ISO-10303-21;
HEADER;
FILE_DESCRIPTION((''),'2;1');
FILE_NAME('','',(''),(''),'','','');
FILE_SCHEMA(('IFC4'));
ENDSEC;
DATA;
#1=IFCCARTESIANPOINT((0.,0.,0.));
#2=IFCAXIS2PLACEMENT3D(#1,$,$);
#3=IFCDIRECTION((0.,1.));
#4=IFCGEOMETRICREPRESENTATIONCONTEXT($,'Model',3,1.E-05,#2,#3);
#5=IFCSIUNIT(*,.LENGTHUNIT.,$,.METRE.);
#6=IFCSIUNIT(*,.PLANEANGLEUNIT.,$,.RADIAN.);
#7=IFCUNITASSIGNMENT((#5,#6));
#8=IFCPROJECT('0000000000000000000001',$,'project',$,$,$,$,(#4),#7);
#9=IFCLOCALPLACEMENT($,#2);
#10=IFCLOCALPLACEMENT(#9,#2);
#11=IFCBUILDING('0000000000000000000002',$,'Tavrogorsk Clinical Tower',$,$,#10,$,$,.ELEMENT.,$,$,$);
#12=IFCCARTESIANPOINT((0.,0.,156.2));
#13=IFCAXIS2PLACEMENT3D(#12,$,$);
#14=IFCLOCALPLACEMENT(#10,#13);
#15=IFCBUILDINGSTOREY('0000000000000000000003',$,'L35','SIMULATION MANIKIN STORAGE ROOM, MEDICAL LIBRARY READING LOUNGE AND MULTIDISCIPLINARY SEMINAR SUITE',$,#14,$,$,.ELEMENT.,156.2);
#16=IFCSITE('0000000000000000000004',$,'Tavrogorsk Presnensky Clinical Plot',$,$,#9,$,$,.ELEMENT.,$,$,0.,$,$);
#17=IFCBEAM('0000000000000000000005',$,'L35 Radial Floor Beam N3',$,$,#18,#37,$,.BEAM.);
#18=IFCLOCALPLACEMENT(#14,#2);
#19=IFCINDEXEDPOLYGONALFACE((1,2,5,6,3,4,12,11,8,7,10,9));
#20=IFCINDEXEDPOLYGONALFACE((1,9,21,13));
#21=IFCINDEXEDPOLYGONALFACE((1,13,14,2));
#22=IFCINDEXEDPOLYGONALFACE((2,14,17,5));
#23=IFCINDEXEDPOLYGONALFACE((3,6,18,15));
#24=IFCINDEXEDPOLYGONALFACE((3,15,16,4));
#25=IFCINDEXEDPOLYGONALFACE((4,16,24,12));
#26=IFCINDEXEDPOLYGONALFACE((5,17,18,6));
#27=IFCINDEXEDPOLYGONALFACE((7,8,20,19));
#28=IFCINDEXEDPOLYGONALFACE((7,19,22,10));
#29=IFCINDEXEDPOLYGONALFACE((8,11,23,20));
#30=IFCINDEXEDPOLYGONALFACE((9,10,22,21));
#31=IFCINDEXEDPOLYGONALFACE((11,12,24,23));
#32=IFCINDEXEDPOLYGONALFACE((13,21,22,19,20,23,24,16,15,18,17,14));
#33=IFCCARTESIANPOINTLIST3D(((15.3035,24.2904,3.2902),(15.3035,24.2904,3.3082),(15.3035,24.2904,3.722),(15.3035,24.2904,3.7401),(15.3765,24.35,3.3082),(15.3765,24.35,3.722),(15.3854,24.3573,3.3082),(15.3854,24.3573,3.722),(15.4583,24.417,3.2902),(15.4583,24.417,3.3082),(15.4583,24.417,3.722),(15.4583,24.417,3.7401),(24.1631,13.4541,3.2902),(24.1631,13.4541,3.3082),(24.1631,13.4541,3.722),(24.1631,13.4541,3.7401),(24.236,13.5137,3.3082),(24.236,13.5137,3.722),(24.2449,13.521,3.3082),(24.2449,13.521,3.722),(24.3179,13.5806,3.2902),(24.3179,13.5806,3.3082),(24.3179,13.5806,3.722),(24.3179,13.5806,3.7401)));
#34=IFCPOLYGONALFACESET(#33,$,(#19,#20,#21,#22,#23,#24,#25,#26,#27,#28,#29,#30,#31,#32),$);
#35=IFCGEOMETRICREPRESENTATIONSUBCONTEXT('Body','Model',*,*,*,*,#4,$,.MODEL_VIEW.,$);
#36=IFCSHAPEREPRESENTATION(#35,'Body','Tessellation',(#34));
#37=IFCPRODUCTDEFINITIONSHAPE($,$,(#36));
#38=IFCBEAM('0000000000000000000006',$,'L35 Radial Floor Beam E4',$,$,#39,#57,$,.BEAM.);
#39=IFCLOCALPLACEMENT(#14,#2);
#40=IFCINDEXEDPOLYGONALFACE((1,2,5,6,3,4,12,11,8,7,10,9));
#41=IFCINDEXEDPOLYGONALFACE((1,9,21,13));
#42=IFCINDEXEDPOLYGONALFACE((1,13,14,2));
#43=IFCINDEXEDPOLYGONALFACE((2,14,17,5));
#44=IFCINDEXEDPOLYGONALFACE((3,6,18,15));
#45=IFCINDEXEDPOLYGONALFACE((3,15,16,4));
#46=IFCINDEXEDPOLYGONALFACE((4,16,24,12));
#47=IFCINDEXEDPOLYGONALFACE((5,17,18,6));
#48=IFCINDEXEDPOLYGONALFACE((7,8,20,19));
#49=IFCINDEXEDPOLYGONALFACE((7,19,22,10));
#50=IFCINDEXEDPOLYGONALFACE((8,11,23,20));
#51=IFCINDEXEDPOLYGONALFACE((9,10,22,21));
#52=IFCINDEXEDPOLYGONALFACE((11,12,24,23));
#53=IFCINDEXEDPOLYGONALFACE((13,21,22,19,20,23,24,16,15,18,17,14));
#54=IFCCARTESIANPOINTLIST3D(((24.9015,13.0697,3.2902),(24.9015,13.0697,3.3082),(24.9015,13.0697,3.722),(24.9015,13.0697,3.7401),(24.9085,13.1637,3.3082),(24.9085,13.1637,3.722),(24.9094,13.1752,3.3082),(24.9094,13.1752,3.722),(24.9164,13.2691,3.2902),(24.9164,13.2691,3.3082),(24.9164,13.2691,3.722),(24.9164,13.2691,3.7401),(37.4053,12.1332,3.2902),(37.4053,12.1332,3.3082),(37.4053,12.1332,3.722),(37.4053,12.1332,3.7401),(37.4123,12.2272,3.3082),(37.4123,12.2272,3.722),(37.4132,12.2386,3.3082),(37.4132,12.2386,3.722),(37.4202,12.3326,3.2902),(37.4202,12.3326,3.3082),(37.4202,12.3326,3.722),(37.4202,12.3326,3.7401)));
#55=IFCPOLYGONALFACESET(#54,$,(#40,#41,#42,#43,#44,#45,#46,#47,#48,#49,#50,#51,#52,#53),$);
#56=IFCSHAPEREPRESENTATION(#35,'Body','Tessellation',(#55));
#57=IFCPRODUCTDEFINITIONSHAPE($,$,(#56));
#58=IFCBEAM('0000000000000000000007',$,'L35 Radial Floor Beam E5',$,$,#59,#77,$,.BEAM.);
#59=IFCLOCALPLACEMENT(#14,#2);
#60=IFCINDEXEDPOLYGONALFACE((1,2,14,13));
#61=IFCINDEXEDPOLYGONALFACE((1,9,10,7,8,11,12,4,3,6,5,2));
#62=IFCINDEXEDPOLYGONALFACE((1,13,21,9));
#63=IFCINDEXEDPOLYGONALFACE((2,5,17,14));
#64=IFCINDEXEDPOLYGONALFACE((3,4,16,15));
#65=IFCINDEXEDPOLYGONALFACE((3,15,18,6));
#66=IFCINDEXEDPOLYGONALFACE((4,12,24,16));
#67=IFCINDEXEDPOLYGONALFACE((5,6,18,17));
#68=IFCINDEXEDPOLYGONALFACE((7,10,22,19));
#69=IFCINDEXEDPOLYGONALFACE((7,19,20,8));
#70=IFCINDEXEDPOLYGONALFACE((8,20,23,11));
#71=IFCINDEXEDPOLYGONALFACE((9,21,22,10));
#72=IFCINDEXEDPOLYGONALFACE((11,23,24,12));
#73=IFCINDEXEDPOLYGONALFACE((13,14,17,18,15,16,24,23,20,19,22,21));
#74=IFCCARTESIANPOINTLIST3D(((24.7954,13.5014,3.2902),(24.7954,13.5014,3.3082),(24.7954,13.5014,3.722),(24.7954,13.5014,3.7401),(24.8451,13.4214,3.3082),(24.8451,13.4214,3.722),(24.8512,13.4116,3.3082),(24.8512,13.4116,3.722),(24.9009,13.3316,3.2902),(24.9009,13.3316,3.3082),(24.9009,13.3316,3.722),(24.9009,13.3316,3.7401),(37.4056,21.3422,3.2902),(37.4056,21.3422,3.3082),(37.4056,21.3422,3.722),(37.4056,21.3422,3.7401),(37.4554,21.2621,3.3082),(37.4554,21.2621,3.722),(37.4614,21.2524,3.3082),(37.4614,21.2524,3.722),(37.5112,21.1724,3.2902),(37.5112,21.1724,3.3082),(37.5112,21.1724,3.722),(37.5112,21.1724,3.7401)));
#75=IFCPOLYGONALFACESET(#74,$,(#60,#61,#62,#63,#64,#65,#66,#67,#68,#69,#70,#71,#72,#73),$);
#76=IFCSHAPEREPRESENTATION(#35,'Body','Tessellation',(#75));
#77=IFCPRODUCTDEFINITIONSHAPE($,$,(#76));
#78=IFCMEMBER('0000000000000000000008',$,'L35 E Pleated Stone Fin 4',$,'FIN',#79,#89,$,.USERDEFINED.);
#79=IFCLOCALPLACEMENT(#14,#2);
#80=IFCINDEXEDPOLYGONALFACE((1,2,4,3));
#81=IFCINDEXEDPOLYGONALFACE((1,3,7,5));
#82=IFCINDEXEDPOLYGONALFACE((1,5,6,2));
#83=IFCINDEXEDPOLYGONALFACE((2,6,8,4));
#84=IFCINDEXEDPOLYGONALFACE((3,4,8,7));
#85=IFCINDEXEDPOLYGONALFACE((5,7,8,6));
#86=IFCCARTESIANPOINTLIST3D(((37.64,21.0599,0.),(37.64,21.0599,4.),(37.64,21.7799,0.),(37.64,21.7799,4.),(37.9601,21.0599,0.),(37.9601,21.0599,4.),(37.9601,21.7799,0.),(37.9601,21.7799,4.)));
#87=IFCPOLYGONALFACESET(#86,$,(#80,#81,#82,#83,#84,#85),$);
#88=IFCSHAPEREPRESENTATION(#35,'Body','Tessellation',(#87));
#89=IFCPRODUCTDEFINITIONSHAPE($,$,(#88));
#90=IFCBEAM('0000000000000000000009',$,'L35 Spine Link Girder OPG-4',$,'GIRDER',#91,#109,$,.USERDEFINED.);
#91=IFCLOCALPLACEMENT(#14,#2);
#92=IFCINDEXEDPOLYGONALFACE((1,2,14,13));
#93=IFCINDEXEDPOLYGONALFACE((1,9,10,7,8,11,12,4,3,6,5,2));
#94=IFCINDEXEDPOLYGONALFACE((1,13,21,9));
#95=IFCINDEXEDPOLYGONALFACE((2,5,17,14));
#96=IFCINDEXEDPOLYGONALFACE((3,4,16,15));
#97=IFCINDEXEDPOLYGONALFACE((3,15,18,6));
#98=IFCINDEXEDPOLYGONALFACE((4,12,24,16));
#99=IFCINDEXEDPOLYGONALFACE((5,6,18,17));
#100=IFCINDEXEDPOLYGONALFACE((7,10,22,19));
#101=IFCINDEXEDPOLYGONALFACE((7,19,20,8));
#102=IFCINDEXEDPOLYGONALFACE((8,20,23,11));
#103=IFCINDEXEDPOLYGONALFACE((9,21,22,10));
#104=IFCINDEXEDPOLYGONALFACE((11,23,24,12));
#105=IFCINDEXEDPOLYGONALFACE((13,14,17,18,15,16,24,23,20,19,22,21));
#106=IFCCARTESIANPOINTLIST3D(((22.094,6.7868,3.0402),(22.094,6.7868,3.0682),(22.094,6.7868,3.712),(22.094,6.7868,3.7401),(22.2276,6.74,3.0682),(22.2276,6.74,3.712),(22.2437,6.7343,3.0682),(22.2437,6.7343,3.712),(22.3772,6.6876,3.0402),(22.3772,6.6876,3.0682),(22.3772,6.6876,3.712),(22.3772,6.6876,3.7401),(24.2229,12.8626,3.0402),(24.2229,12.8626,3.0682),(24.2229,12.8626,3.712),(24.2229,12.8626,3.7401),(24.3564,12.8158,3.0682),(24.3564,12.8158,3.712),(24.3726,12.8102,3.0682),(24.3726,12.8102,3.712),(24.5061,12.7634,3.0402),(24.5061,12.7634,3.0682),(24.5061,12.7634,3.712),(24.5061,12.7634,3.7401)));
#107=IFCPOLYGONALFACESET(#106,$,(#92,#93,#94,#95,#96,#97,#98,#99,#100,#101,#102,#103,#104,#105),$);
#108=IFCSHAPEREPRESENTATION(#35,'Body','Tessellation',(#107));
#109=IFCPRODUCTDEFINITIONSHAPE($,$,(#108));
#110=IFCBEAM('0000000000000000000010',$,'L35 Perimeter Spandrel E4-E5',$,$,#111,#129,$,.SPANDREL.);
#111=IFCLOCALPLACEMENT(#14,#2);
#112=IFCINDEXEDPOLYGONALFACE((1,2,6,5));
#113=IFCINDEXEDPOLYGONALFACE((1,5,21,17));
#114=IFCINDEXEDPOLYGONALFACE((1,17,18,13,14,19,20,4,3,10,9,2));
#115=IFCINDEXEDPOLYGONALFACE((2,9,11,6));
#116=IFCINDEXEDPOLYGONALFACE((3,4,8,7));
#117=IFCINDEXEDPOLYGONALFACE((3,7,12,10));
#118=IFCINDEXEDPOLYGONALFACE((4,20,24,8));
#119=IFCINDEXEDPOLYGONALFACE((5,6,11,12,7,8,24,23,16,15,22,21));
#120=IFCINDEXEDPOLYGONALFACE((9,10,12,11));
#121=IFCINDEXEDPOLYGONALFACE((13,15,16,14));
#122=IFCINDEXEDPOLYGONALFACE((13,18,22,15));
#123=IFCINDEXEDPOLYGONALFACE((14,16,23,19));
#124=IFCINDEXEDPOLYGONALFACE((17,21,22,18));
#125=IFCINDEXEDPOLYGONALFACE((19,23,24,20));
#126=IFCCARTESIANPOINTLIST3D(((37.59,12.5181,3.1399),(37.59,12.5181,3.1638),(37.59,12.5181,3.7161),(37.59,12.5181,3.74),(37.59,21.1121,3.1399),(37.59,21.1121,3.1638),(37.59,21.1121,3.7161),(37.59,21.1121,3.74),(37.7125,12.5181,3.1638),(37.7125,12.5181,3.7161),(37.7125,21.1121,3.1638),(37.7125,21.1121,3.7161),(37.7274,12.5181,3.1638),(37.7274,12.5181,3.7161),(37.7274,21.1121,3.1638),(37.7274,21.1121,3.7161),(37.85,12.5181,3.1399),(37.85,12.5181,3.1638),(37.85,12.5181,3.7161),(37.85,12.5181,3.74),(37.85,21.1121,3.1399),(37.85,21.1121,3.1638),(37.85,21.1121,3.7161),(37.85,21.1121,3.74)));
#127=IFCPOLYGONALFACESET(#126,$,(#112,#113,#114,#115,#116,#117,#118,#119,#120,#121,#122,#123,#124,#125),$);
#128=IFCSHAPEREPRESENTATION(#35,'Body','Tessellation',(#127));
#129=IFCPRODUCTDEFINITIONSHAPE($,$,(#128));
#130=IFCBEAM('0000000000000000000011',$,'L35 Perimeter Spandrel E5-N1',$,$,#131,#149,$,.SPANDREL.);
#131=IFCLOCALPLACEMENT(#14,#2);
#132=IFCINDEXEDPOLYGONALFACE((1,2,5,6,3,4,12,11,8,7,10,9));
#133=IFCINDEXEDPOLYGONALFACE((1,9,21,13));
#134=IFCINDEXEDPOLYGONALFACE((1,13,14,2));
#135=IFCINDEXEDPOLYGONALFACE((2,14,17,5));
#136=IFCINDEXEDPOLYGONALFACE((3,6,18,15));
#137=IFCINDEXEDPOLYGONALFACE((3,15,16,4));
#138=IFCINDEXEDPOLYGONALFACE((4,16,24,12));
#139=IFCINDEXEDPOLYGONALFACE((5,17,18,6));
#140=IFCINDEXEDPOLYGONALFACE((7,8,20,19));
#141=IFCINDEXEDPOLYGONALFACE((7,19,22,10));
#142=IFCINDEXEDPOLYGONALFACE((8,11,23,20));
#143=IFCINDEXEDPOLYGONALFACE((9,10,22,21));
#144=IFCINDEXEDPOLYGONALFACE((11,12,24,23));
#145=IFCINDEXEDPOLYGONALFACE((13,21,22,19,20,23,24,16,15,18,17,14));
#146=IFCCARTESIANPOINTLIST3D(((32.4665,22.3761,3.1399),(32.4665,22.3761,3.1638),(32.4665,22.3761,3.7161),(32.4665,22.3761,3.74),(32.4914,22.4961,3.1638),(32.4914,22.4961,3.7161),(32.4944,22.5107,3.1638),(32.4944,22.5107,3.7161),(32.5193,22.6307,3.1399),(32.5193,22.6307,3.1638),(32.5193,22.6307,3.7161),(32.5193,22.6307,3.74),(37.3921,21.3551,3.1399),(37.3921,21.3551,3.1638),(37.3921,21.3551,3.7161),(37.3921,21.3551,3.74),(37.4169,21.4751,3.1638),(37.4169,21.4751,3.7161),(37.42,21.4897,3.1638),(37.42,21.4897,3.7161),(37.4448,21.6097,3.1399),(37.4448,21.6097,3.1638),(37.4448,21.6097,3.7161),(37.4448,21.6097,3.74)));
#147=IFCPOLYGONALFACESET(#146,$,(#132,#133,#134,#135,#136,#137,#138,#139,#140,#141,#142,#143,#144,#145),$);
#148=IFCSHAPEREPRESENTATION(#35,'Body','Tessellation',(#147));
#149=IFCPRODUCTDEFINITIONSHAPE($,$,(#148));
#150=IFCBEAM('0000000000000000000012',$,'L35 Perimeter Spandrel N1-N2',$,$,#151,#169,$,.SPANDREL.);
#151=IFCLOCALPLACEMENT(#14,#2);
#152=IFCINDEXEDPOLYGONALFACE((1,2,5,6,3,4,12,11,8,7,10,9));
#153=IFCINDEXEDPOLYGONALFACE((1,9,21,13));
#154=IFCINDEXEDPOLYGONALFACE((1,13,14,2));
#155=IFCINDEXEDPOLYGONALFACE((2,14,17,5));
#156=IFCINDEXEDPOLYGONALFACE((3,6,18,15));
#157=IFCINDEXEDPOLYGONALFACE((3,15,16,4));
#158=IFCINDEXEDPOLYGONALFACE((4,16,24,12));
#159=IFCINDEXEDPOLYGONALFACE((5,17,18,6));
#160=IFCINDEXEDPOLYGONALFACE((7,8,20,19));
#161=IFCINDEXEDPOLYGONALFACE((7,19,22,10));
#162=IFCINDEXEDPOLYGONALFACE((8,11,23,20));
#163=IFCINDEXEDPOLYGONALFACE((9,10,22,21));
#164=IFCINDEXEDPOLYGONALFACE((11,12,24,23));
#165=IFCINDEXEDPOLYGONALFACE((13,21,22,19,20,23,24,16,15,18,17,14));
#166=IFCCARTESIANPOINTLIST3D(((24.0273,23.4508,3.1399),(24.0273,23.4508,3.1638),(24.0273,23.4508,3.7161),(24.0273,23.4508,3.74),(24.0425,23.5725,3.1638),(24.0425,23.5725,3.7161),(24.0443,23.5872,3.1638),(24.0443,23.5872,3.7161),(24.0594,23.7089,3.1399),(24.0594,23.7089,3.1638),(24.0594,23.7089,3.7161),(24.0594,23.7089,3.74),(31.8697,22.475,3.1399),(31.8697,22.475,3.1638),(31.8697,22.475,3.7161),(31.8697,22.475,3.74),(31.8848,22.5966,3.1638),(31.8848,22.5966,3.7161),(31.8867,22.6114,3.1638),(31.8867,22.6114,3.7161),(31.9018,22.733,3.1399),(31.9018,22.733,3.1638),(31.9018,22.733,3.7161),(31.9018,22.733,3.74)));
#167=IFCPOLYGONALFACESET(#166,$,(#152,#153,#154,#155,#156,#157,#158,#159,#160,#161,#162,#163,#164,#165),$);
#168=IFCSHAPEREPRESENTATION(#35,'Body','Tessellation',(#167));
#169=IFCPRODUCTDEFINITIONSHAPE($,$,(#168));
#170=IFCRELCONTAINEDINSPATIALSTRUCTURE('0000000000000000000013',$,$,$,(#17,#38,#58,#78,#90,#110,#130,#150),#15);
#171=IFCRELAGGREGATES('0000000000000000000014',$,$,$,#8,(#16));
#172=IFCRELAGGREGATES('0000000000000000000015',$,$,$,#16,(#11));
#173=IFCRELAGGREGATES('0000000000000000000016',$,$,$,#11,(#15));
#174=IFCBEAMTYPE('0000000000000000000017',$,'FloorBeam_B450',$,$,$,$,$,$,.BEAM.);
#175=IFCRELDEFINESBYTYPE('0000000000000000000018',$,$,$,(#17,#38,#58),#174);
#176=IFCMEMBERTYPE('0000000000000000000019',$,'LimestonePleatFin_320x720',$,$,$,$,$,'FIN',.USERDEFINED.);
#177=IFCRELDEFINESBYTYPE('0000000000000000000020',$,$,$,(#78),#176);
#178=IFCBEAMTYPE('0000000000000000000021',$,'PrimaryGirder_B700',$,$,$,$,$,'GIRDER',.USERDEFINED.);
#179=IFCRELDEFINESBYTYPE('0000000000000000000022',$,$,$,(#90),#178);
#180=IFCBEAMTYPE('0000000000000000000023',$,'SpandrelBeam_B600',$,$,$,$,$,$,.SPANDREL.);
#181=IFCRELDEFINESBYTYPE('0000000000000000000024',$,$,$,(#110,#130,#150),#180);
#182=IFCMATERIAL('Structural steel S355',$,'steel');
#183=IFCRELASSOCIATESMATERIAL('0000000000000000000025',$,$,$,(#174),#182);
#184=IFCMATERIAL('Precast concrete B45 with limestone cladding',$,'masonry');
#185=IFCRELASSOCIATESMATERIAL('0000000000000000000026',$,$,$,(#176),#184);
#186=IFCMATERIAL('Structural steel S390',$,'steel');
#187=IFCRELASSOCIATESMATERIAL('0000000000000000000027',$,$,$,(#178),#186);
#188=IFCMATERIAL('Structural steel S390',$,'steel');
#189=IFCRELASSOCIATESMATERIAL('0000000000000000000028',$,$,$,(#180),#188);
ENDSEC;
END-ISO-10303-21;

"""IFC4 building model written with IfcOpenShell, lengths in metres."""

from ifc_helpers import new_model, si_unit, direction, frame, origin, origin_2d, place, context, subcontext, project, spatial, rectangle, i_section, extrude, material, material_profile, profile_set, type_object, element, save


model = new_model("IFC4")

# Units and contexts
model_context = context("Model", 3, precision=1e-05, world=origin(), true_north=direction((0.0, 1.0)))
body_context = subcontext(model_context, "Body", "Model", "MODEL_VIEW")
ifc_project = project(units=[si_unit("LENGTHUNIT", "METRE"), si_unit("PLANEANGLEUNIT", "RADIAN")], contexts=[model_context])

# Site, building, storey
site_placement = place(None, origin())
site = spatial("IfcSite", under=ifc_project, at=site_placement, Name="Tavrogorsk Presnensky Clinical Plot", CompositionType="ELEMENT", RefElevation=0.0)
building_placement = place(site_placement, origin())
building = spatial("IfcBuilding", under=site, at=building_placement, Name="Tavrogorsk Clinical Tower", CompositionType="ELEMENT")
storey_placement = place(building_placement, frame((0.0, 0.0, 156.2)))
storey = spatial("IfcBuildingStorey", under=building, at=storey_placement, Name="L35", Description="SIMULATION MANIKIN STORAGE ROOM, MEDICAL LIBRARY READING LOUNGE AND MULTIDISCIPLINARY SEMINAR SUITE", CompositionType="ELEMENT", Elevation=156.2)

# Beams
ifc_material_1 = material(Name="Structural steel S355", Category="steel")
ifc_material_profile_1 = material_profile(ifc_material_1, i_section(OverallWidth=0.2, OverallDepth=0.45, WebThickness=0.0115, FlangeThickness=0.0181, at=origin_2d()), Name="B-450x200x11.5x18")
ifc_profile_set_1 = profile_set([ifc_material_profile_1], Name="Structural steel S355")
beam_type_1 = type_object("IfcBeamType", Name="FloorBeam_B450", PredefinedType="BEAM", material=ifc_profile_set_1)
beam_1_placement = place(storey_placement, frame((24.2405, 13.5173, 3.5151), z_axis=(-0.632958, 0.774187, 0.0), x_axis=(-0.774187, -0.632958, 0.0)))
element("IfcBeam", 1, at=beam_1_placement, inside=storey, type_object=beam_type_1, Name="L35 Radial Floor Beam N3", PredefinedType="BEAM", context=body_context, shape_type="SweptSolid", body=[
    extrude(i_section(OverallWidth=0.2, OverallDepth=0.45, WebThickness=0.0115, FlangeThickness=0.0181, at=origin_2d()), origin(), (0.0, 0.0, 1.0), 13.9971),
])
beam_2_placement = place(storey_placement, frame((24.9089, 13.1694, 3.5151), z_axis=(0.997207, -0.074689, 0.0), x_axis=(0.074689, 0.997207, 0.0)))
element("IfcBeam", 2, at=beam_2_placement, inside=storey, type_object=beam_type_1, Name="L35 Radial Floor Beam E4", PredefinedType="BEAM", context=body_context, shape_type="SweptSolid", body=[
    extrude(i_section(OverallWidth=0.2, OverallDepth=0.45, WebThickness=0.0115, FlangeThickness=0.0181, at=origin_2d()), origin(), (0.0, 0.0, 1.0), 12.5388),
])
beam_3_placement = place(storey_placement, frame((24.8481, 13.4165, 3.5151), z_axis=(0.849226, 0.528029, 0.0), x_axis=(-0.528029, 0.849226, 0.0)))
element("IfcBeam", 3, at=beam_3_placement, inside=storey, type_object=beam_type_1, Name="L35 Radial Floor Beam E5", PredefinedType="BEAM", context=body_context, shape_type="SweptSolid", body=[
    extrude(i_section(OverallWidth=0.2, OverallDepth=0.45, WebThickness=0.0115, FlangeThickness=0.0181, at=origin_2d()), origin(), (0.0, 0.0, 1.0), 14.8491),
])

# Member
ifc_material_2 = material(Name="Precast concrete B45 with limestone cladding", Category="masonry")
ifc_material_profile_2 = material_profile(ifc_material_2, rectangle(XDim=0.3201, YDim=0.72, at=origin_2d()), Name="LIMESTONE-FIN-320x720")
ifc_profile_set_2 = profile_set([ifc_material_profile_2], Name="Precast concrete B45 with limestone cladding")
member_type_1 = type_object("IfcMemberType", Name="LimestonePleatFin_320x720", ElementType="FIN", PredefinedType="USERDEFINED", material=ifc_profile_set_2)
member_1_placement = place(storey_placement, frame((37.8, 21.4199, 0.0), z_axis=(0.0, 0.0, 1.0), x_axis=(1.0, 0.0, 0.0)))
element("IfcMember", 4, at=member_1_placement, inside=storey, type_object=member_type_1, Name="L35 E Pleated Stone Fin 4", ObjectType="FIN", PredefinedType="USERDEFINED", context=body_context, shape_type="SweptSolid", body=[
    extrude(rectangle(XDim=0.3201, YDim=0.72, at=origin_2d()), origin(), (0.0, 0.0, 1.0), 4.0),
])

# Beams
ifc_material_3 = material(Name="Structural steel S390", Category="steel")
ifc_material_profile_3 = material_profile(ifc_material_3, i_section(OverallWidth=0.3, OverallDepth=0.7, WebThickness=0.0171, FlangeThickness=0.0281, at=origin_2d()), Name="B-700x300x17x28")
ifc_profile_set_3 = profile_set([ifc_material_profile_3], Name="Structural steel S390")
beam_type_2 = type_object("IfcBeamType", Name="PrimaryGirder_B700", ElementType="GIRDER", PredefinedType="USERDEFINED", material=ifc_profile_set_3)
beam_4_placement = place(storey_placement, frame((24.3645, 12.813, 3.3901), z_axis=(-0.330673, -0.943745, 0.0), x_axis=(0.943745, -0.330673, 0.0)))
element("IfcBeam", 5, at=beam_4_placement, inside=storey, type_object=beam_type_2, Name="L35 Spine Link Girder OPG-4", ObjectType="GIRDER", PredefinedType="USERDEFINED", context=body_context, shape_type="SweptSolid", body=[
    extrude(i_section(OverallWidth=0.3, OverallDepth=0.7, WebThickness=0.0171, FlangeThickness=0.0281, at=origin_2d()), origin(), (0.0, 0.0, 1.0), 6.438),
])
ifc_material_4 = material(Name="Structural steel S390", Category="steel")
ifc_material_profile_4 = material_profile(ifc_material_4, i_section(OverallWidth=0.26, OverallDepth=0.6001, WebThickness=0.0149, FlangeThickness=0.0239, at=origin_2d()), Name="B-600x260x15x24")
ifc_profile_set_4 = profile_set([ifc_material_profile_4], Name="Structural steel S390")
beam_type_3 = type_object("IfcBeamType", Name="SpandrelBeam_B600", PredefinedType="SPANDREL", material=ifc_profile_set_4)
beam_5_placement = place(storey_placement, frame((37.72, 12.5181, 3.4399), z_axis=(0.0, 1.0, 0.0), x_axis=(-1.0, 0.0, 0.0)))
element("IfcBeam", 6, at=beam_5_placement, inside=storey, type_object=beam_type_3, Name="L35 Perimeter Spandrel E4-E5", PredefinedType="SPANDREL", context=body_context, shape_type="SweptSolid", body=[
    extrude(i_section(OverallWidth=0.26, OverallDepth=0.6001, WebThickness=0.0149, FlangeThickness=0.0239, at=origin_2d()), origin(), (0.0, 0.0, 1.0), 8.594),
])
beam_6_placement = place(storey_placement, frame((37.4185, 21.4824, 3.4399), z_axis=(-0.979185, 0.202972, 0.0), x_axis=(-0.202972, -0.979185, 0.0)))
element("IfcBeam", 7, at=beam_6_placement, inside=storey, type_object=beam_type_3, Name="L35 Perimeter Spandrel E5-N1", PredefinedType="SPANDREL", context=body_context, shape_type="SweptSolid", body=[
    extrude(i_section(OverallWidth=0.26, OverallDepth=0.6001, WebThickness=0.0149, FlangeThickness=0.0239, at=origin_2d()), origin(), (0.0, 0.0, 1.0), 5.0303),
])
beam_7_placement = place(storey_placement, frame((31.8857, 22.604, 3.4399), z_axis=(-0.992347, 0.12348, 0.0), x_axis=(-0.12348, -0.992347, 0.0)))
element("IfcBeam", 8, at=beam_7_placement, inside=storey, type_object=beam_type_3, Name="L35 Perimeter Spandrel N1-N2", PredefinedType="SPANDREL", context=body_context, shape_type="SweptSolid", body=[
    extrude(i_section(OverallWidth=0.26, OverallDepth=0.6001, WebThickness=0.0149, FlangeThickness=0.0239, at=origin_2d()), origin(), (0.0, 0.0, 1.0), 7.9028),
])

save(model, "model.ifc")
